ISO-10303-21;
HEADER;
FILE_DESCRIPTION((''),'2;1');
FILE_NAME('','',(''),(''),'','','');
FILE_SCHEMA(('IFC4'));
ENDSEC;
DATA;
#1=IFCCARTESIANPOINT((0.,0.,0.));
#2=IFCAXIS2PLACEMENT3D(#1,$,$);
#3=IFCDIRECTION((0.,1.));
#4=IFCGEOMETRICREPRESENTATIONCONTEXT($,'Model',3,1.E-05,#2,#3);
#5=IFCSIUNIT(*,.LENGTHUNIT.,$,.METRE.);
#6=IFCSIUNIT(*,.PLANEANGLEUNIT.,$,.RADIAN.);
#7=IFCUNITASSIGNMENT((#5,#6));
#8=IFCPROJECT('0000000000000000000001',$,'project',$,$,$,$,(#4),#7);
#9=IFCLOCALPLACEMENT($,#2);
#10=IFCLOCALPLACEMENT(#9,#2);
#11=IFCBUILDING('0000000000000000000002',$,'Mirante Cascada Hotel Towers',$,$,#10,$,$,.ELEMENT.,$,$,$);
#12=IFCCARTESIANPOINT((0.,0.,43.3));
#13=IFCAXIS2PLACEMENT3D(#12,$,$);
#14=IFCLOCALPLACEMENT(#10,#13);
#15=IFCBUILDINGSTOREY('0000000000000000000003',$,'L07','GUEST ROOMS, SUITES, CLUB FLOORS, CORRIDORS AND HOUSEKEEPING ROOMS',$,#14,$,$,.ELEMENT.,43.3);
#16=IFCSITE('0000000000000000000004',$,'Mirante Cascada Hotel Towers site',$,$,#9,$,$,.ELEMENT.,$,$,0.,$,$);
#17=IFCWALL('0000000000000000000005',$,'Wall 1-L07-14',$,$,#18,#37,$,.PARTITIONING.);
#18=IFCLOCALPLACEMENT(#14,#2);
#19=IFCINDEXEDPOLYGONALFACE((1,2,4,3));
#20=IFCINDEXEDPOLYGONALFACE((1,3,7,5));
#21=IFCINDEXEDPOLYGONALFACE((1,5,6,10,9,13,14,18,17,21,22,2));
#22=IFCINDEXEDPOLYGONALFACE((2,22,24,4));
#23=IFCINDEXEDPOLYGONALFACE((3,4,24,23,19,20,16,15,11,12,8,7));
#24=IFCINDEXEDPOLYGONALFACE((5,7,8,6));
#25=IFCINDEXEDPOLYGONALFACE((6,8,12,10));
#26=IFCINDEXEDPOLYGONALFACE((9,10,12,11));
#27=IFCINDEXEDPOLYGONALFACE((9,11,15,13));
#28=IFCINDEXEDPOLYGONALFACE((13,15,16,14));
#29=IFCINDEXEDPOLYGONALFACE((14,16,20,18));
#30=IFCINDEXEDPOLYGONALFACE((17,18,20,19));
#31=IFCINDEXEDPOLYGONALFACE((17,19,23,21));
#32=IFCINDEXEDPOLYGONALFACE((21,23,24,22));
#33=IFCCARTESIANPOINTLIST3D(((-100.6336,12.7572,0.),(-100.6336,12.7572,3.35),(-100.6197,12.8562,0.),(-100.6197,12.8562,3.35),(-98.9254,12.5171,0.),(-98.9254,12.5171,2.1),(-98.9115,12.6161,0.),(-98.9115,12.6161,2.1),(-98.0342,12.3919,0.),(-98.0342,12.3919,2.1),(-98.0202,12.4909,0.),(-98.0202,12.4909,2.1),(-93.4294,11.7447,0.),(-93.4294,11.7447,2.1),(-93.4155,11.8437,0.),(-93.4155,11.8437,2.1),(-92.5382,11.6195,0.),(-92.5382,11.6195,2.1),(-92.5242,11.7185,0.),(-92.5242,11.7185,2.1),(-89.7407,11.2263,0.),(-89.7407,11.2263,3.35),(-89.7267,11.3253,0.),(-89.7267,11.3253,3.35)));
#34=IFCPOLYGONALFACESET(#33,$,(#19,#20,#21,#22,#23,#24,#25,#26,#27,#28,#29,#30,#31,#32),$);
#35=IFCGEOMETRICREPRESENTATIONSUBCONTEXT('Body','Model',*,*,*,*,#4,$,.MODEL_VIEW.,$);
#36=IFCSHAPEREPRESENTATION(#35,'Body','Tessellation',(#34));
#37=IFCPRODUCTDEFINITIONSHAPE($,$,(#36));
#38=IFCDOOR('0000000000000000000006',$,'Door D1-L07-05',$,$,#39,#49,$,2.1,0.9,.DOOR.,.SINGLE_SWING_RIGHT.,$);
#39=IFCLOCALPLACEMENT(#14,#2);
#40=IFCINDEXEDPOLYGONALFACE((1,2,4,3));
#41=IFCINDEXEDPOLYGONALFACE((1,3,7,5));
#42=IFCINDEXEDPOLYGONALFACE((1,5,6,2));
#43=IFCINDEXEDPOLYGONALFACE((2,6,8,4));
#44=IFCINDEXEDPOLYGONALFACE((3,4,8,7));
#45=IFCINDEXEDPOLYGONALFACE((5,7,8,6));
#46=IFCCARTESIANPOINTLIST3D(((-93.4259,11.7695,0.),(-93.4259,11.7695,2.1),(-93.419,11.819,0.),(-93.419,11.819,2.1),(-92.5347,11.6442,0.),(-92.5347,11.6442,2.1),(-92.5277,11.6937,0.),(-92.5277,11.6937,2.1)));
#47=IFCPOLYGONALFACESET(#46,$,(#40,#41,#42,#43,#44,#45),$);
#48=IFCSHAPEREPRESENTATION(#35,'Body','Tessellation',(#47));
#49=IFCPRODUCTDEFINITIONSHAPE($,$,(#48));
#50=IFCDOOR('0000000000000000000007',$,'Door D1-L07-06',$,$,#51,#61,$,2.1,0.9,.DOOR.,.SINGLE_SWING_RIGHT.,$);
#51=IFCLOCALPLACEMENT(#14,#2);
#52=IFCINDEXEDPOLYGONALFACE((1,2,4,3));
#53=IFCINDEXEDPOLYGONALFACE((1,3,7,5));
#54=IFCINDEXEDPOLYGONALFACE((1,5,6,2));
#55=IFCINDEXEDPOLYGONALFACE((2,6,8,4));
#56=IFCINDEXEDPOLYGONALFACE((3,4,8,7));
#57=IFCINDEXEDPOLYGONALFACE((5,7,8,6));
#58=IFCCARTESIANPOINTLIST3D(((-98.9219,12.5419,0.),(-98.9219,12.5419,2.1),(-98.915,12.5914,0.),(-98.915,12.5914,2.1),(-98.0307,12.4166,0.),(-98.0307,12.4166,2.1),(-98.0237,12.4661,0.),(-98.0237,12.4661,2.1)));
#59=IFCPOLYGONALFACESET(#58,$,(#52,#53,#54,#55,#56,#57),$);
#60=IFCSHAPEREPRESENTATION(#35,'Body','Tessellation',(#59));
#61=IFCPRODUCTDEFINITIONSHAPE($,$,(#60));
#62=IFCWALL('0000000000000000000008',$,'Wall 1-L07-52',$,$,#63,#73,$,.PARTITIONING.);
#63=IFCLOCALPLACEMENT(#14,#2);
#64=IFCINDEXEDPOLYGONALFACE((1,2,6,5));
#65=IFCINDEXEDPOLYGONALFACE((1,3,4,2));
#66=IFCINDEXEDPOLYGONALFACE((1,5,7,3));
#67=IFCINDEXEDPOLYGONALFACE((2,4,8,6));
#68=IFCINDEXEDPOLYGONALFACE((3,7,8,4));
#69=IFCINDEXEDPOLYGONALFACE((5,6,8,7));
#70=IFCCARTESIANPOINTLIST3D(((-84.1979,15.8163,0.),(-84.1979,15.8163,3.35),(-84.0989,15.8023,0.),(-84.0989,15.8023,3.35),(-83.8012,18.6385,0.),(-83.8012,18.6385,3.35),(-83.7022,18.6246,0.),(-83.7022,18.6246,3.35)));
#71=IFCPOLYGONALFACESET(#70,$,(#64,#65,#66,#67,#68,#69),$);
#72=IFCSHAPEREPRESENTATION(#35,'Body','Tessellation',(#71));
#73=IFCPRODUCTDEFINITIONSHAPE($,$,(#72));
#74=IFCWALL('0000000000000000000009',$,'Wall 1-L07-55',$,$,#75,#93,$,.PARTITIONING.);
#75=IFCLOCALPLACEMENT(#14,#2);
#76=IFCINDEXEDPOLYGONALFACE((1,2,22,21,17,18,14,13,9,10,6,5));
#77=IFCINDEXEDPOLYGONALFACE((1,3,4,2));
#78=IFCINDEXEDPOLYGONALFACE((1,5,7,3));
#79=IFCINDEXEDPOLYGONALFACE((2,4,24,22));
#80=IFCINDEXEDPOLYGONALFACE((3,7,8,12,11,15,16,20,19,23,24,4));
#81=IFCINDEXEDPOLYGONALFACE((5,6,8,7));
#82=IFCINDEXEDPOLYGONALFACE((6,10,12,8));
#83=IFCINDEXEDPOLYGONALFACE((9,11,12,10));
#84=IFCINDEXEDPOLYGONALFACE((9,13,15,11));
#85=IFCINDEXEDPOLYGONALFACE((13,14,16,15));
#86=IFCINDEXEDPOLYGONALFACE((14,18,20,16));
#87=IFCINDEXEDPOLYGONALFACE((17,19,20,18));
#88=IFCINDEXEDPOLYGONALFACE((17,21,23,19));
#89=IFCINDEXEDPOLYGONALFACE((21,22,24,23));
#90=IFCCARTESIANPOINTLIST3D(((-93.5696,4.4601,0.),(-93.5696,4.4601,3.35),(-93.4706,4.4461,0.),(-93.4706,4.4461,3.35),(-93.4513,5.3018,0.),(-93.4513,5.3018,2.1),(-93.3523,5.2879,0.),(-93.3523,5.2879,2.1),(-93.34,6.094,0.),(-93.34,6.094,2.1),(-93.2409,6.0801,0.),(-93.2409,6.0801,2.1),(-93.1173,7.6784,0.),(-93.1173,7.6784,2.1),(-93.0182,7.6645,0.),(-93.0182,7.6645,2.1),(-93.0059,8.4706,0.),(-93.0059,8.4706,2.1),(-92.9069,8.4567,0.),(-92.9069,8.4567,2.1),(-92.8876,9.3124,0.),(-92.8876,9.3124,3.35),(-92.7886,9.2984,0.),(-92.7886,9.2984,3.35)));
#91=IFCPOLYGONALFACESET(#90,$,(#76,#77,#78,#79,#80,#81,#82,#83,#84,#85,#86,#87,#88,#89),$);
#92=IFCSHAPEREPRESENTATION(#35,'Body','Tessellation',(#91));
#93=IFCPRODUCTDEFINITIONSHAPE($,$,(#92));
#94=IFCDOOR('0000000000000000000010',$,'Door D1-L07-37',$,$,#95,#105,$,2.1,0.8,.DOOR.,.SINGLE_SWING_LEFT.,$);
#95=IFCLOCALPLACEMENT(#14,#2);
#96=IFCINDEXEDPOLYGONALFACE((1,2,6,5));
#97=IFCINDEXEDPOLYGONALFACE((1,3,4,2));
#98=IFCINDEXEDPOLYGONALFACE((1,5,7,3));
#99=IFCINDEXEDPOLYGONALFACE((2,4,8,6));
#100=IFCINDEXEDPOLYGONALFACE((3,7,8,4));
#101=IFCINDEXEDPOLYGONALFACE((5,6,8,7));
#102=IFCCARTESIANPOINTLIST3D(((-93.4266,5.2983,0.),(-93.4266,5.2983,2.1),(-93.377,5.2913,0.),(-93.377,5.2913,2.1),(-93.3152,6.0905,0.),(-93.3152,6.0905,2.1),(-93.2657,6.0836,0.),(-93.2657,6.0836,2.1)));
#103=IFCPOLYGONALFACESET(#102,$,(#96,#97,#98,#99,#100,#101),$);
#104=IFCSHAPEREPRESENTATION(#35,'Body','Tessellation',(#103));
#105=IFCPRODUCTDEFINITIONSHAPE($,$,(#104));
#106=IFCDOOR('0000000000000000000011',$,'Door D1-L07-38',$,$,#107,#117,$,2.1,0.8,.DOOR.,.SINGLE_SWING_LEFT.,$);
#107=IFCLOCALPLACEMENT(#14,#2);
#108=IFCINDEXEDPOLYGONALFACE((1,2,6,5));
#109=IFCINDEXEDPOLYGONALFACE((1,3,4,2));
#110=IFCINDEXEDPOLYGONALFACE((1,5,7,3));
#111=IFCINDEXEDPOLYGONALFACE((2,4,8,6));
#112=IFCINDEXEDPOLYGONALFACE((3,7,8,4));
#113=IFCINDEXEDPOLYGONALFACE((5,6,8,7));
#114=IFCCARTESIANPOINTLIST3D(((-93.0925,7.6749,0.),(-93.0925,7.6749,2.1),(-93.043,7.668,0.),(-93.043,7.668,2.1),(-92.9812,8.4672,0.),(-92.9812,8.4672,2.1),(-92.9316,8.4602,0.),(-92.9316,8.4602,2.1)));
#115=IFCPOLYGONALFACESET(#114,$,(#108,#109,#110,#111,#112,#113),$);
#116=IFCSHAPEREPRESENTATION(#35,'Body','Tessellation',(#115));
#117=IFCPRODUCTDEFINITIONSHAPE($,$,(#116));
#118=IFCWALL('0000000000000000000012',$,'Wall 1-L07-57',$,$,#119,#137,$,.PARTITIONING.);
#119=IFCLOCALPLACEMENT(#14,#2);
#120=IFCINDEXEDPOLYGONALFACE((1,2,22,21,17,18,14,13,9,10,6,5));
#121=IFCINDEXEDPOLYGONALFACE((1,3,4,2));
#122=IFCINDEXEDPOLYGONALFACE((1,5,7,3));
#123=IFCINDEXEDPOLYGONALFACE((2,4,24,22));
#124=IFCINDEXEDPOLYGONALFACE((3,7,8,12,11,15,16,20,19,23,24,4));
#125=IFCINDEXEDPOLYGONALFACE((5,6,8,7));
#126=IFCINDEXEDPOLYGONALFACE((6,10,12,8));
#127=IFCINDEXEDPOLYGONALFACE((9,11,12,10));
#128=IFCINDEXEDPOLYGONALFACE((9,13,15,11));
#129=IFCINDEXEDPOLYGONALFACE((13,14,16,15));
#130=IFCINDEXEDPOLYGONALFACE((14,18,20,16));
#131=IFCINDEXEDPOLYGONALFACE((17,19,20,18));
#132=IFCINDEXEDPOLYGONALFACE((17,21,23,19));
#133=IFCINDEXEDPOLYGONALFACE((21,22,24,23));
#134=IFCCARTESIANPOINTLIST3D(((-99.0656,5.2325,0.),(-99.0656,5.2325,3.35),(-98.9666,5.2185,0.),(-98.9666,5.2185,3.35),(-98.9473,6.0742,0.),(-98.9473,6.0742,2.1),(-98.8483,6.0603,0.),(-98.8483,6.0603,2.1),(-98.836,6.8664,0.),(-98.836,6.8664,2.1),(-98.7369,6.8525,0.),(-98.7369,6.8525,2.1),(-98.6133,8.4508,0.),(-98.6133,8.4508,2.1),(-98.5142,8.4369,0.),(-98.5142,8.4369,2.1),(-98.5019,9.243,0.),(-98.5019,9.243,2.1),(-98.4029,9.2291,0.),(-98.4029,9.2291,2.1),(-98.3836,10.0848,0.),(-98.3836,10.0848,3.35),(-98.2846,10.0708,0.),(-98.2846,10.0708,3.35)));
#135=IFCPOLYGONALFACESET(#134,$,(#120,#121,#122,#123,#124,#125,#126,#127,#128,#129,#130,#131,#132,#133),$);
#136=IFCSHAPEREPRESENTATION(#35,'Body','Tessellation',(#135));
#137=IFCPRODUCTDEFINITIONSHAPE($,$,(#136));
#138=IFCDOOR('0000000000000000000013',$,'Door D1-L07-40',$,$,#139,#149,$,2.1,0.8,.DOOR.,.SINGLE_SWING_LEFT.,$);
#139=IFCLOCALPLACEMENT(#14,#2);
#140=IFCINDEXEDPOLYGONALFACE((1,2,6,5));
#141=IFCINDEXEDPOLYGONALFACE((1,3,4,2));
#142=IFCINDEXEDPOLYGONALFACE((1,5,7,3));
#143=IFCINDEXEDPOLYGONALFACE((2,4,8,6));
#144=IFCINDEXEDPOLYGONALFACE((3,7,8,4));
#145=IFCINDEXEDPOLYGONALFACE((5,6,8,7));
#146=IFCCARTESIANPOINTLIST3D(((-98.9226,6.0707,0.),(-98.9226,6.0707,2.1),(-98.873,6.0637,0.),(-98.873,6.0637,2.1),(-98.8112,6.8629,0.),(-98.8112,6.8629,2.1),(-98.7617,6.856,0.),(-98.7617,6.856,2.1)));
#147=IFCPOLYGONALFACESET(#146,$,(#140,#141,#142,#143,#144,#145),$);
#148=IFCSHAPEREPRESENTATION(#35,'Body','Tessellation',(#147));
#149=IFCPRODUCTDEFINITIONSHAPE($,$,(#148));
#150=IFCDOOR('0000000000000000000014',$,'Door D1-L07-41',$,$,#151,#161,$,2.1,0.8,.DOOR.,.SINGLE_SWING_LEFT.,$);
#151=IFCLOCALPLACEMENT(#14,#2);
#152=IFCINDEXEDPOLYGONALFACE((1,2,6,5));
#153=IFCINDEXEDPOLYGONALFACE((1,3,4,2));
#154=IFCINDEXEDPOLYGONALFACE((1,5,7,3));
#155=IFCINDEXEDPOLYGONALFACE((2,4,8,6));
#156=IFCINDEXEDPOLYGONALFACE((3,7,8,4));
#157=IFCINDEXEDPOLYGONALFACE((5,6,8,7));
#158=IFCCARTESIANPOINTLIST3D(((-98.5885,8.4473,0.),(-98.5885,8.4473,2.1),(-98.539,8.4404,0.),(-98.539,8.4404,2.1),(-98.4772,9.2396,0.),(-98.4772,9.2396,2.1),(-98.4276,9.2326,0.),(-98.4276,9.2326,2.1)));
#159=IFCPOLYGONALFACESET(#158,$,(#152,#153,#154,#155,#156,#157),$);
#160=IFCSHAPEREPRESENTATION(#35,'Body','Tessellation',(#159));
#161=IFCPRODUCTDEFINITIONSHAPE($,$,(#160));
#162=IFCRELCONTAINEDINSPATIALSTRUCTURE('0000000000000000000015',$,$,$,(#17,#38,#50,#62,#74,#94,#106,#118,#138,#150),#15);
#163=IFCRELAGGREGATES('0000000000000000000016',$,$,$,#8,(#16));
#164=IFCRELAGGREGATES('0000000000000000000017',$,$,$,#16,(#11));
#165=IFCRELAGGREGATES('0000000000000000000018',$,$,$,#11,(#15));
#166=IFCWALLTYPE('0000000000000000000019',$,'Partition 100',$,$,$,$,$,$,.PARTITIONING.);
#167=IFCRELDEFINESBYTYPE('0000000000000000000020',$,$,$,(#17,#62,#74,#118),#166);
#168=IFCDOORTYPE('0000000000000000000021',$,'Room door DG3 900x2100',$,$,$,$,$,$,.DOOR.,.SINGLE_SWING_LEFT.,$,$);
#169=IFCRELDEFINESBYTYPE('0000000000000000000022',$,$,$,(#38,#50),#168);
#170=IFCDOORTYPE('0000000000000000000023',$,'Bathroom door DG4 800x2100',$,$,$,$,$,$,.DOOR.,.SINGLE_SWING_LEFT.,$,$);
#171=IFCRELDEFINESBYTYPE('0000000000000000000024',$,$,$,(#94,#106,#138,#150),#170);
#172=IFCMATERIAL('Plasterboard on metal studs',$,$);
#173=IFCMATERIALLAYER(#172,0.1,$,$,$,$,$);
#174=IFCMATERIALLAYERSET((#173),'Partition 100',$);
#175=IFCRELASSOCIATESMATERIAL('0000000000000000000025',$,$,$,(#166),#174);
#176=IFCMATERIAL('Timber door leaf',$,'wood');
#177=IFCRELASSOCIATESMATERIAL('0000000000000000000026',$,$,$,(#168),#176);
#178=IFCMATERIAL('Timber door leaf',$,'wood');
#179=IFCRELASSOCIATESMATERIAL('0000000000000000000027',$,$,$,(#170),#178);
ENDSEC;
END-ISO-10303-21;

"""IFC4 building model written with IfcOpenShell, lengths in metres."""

from ifc_helpers import new_model, si_unit, direction, frame, frame_2d, origin, place, context, subcontext, project, spatial, rectangle, extrude, material, layer, layer_set, type_object, element, fill, save


model = new_model("IFC4")

# Units and contexts
model_context = context("Model", 3, precision=1e-05, world=origin(), true_north=direction((0.0, 1.0)))
body_context = subcontext(model_context, "Body", "Model", "MODEL_VIEW")
ifc_project = project(units=[si_unit("LENGTHUNIT", "METRE"), si_unit("PLANEANGLEUNIT", "RADIAN")], contexts=[model_context])

# Site, building, storey
site_placement = place(None, origin())
site = spatial("IfcSite", under=ifc_project, at=site_placement, Name="Mirante Cascada Hotel Towers site", CompositionType="ELEMENT", RefElevation=0.0)
building_placement = place(site_placement, origin())
building = spatial("IfcBuilding", under=site, at=building_placement, Name="Mirante Cascada Hotel Towers", CompositionType="ELEMENT")
storey_placement = place(building_placement, frame((0.0, 0.0, 43.3)))
storey = spatial("IfcBuildingStorey", under=building, at=storey_placement, Name="L07", Description="GUEST ROOMS, SUITES, CLUB FLOORS, CORRIDORS AND HOUSEKEEPING ROOMS", CompositionType="ELEMENT", Elevation=43.3)

# Shared definitions
ifc_material_1 = material(Name="Plasterboard on metal studs")
ifc_layer_1 = layer(ifc_material_1, 0.1)
ifc_layer_set_1 = layer_set([ifc_layer_1], Name="Partition 100")
wall_type_1 = type_object("IfcWallType", Name="Partition 100", PredefinedType="PARTITIONING", material=ifc_layer_set_1)

# Wall, openings, doors
wall_1_placement = place(storey_placement, frame((-89.7337, 11.2758, 0.0), z_axis=(0.0, 0.0, 1.0), x_axis=(-0.990268, 0.139173, 0.0)))
wall_1 = element("IfcWall", 1, at=wall_1_placement, inside=storey, type_object=wall_type_1, Name="Wall 1-L07-14", PredefinedType="PARTITIONING", context=body_context, shape_type="SweptSolid", body=[
    extrude(rectangle(XDim=11.0, YDim=0.1, at=frame_2d((5.5, 0.0))), origin(), (0.0, 0.0, 1.0), 3.35),
])
opening_1_placement = place(wall_1_placement, frame((2.825, 0.0, 0.0)))
opening_1 = element("IfcOpeningElement", 2, at=opening_1_placement, cuts=wall_1, PredefinedType="OPENING", context=body_context, shape_type="SweptSolid", body=[
    extrude(rectangle(XDim=0.9, YDim=2.1, at=frame_2d((0.45, 1.05))), frame((0.0, 0.05, 0.0), z_axis=(0.0, -1.0, 0.0), x_axis=(1.0, 0.0, 0.0)), (0.0, 0.0, 1.0), 0.1),
])
opening_2_placement = place(wall_1_placement, frame((8.375, 0.0, 0.0)))
opening_2 = element("IfcOpeningElement", 3, at=opening_2_placement, cuts=wall_1, PredefinedType="OPENING", context=body_context, shape_type="SweptSolid", body=[
    extrude(rectangle(XDim=0.9, YDim=2.1, at=frame_2d((0.45, 1.05))), frame((0.0, 0.05, 0.0), z_axis=(0.0, -1.0, 0.0), x_axis=(1.0, 0.0, 0.0)), (0.0, 0.0, 1.0), 0.1),
])
ifc_material_2 = material(Name="Timber door leaf", Category="wood")
door_type_1 = type_object("IfcDoorType", Name="Room door DG3 900x2100", OperationType="SINGLE_SWING_LEFT", PredefinedType="DOOR", material=ifc_material_2)
door_1_placement = place(opening_1_placement, frame((0.9, 0.0, 0.0), z_axis=(0.0, 0.0, 1.0), x_axis=(-1.0, 0.0, 0.0)))
door_1 = element("IfcDoor", 4, at=door_1_placement, inside=storey, type_object=door_type_1, Name="Door D1-L07-05", OperationType="SINGLE_SWING_RIGHT", OverallHeight=2.1, OverallWidth=0.9, PredefinedType="DOOR", context=body_context, shape_type="SweptSolid", body=[
    extrude(rectangle(XDim=0.9, YDim=2.1, at=frame_2d((0.45, 1.05))), frame((0.0, 0.025, 0.0), z_axis=(0.0, -1.0, 0.0), x_axis=(1.0, 0.0, 0.0)), (0.0, 0.0, 1.0), 0.05),
])
fill(opening_1, door_1)
door_2_placement = place(opening_2_placement, frame((0.9, 0.0, 0.0), z_axis=(0.0, 0.0, 1.0), x_axis=(-1.0, 0.0, 0.0)))
door_2 = element("IfcDoor", 5, at=door_2_placement, inside=storey, type_object=door_type_1, Name="Door D1-L07-06", OperationType="SINGLE_SWING_RIGHT", OverallHeight=2.1, OverallWidth=0.9, PredefinedType="DOOR", context=body_context, shape_type="SweptSolid", body=[
    extrude(rectangle(XDim=0.9, YDim=2.1, at=frame_2d((0.45, 1.05))), frame((0.0, 0.025, 0.0), z_axis=(0.0, -1.0, 0.0), x_axis=(1.0, 0.0, 0.0)), (0.0, 0.0, 1.0), 0.05),
])
fill(opening_2, door_2)

# Wall
wall_2_placement = place(storey_placement, frame((-84.1484, 15.8093, 0.0), z_axis=(0.0, 0.0, 1.0), x_axis=(0.139191, 0.990266, 0.0)))
element("IfcWall", 6, at=wall_2_placement, inside=storey, type_object=wall_type_1, Name="Wall 1-L07-52", PredefinedType="PARTITIONING", context=body_context, shape_type="SweptSolid", body=[
    extrude(rectangle(XDim=2.85, YDim=0.1, at=frame_2d((1.425, 0.0))), origin(), (0.0, 0.0, 1.0), 3.35),
])

# Walls, openings, doors
wall_3_placement = place(storey_placement, frame((-92.8381, 9.3054, 0.0), z_axis=(0.0, 0.0, 1.0), x_axis=(-0.139184, -0.990267, 0.0)))
wall_3 = element("IfcWall", 7, at=wall_3_placement, inside=storey, type_object=wall_type_1, Name="Wall 1-L07-55", PredefinedType="PARTITIONING", context=body_context, shape_type="SweptSolid", body=[
    extrude(rectangle(XDim=4.9, YDim=0.1, at=frame_2d((2.45, 0.0))), origin(), (0.0, 0.0, 1.0), 3.35),
])
opening_3_placement = place(wall_3_placement, frame((3.25, 0.0, 0.0)))
opening_3 = element("IfcOpeningElement", 8, at=opening_3_placement, cuts=wall_3, PredefinedType="OPENING", context=body_context, shape_type="SweptSolid", body=[
    extrude(rectangle(XDim=0.8, YDim=2.1, at=frame_2d((0.4, 1.05))), frame((0.0, 0.05, 0.0), z_axis=(0.0, -1.0, 0.0), x_axis=(1.0, 0.0, 0.0)), (0.0, 0.0, 1.0), 0.1),
])
opening_4_placement = place(wall_3_placement, frame((0.85, 0.0, 0.0)))
opening_4 = element("IfcOpeningElement", 9, at=opening_4_placement, cuts=wall_3, PredefinedType="OPENING", context=body_context, shape_type="SweptSolid", body=[
    extrude(rectangle(XDim=0.8, YDim=2.1, at=frame_2d((0.4, 1.05))), frame((0.0, 0.05, 0.0), z_axis=(0.0, -1.0, 0.0), x_axis=(1.0, 0.0, 0.0)), (0.0, 0.0, 1.0), 0.1),
])
ifc_material_3 = material(Name="Timber door leaf", Category="wood")
door_type_2 = type_object("IfcDoorType", Name="Bathroom door DG4 800x2100", OperationType="SINGLE_SWING_LEFT", PredefinedType="DOOR", material=ifc_material_3)
door_3_placement = place(opening_3_placement, origin())
door_3 = element("IfcDoor", 10, at=door_3_placement, inside=storey, type_object=door_type_2, Name="Door D1-L07-37", OperationType="SINGLE_SWING_LEFT", OverallHeight=2.1, OverallWidth=0.8, PredefinedType="DOOR", context=body_context, shape_type="SweptSolid", body=[
    extrude(rectangle(XDim=0.8, YDim=2.1, at=frame_2d((0.4, 1.05))), frame((0.0, 0.025, 0.0), z_axis=(0.0, -1.0, 0.0), x_axis=(1.0, 0.0, 0.0)), (0.0, 0.0, 1.0), 0.05),
])
fill(opening_3, door_3)
door_4_placement = place(opening_4_placement, origin())
door_4 = element("IfcDoor", 11, at=door_4_placement, inside=storey, type_object=door_type_2, Name="Door D1-L07-38", OperationType="SINGLE_SWING_LEFT", OverallHeight=2.1, OverallWidth=0.8, PredefinedType="DOOR", context=body_context, shape_type="SweptSolid", body=[
    extrude(rectangle(XDim=0.8, YDim=2.1, at=frame_2d((0.4, 1.05))), frame((0.0, 0.025, 0.0), z_axis=(0.0, -1.0, 0.0), x_axis=(1.0, 0.0, 0.0)), (0.0, 0.0, 1.0), 0.05),
])
fill(opening_4, door_4)
wall_4_placement = place(storey_placement, frame((-98.3341, 10.0778, 0.0), z_axis=(0.0, 0.0, 1.0), x_axis=(-0.139184, -0.990267, 0.0)))
wall_4 = element("IfcWall", 12, at=wall_4_placement, inside=storey, type_object=wall_type_1, Name="Wall 1-L07-57", PredefinedType="PARTITIONING", context=body_context, shape_type="SweptSolid", body=[
    extrude(rectangle(XDim=4.9, YDim=0.1, at=frame_2d((2.45, 0.0))), origin(), (0.0, 0.0, 1.0), 3.35),
])
opening_5_placement = place(wall_4_placement, frame((3.25, 0.0, 0.0)))
opening_5 = element("IfcOpeningElement", 13, at=opening_5_placement, cuts=wall_4, PredefinedType="OPENING", context=body_context, shape_type="SweptSolid", body=[
    extrude(rectangle(XDim=0.8, YDim=2.1, at=frame_2d((0.4, 1.05))), frame((0.0, 0.05, 0.0), z_axis=(0.0, -1.0, 0.0), x_axis=(1.0, 0.0, 0.0)), (0.0, 0.0, 1.0), 0.1),
])
opening_6_placement = place(wall_4_placement, frame((0.85, 0.0, 0.0)))
opening_6 = element("IfcOpeningElement", 14, at=opening_6_placement, cuts=wall_4, PredefinedType="OPENING", context=body_context, shape_type="SweptSolid", body=[
    extrude(rectangle(XDim=0.8, YDim=2.1, at=frame_2d((0.4, 1.05))), frame((0.0, 0.05, 0.0), z_axis=(0.0, -1.0, 0.0), x_axis=(1.0, 0.0, 0.0)), (0.0, 0.0, 1.0), 0.1),
])
door_5_placement = place(opening_5_placement, origin())
door_5 = element("IfcDoor", 15, at=door_5_placement, inside=storey, type_object=door_type_2, Name="Door D1-L07-40", OperationType="SINGLE_SWING_LEFT", OverallHeight=2.1, OverallWidth=0.8, PredefinedType="DOOR", context=body_context, shape_type="SweptSolid", body=[
    extrude(rectangle(XDim=0.8, YDim=2.1, at=frame_2d((0.4, 1.05))), frame((0.0, 0.025, 0.0), z_axis=(0.0, -1.0, 0.0), x_axis=(1.0, 0.0, 0.0)), (0.0, 0.0, 1.0), 0.05),
])
fill(opening_5, door_5)
door_6_placement = place(opening_6_placement, origin())
door_6 = element("IfcDoor", 16, at=door_6_placement, inside=storey, type_object=door_type_2, Name="Door D1-L07-41", OperationType="SINGLE_SWING_LEFT", OverallHeight=2.1, OverallWidth=0.8, PredefinedType="DOOR", context=body_context, shape_type="SweptSolid", body=[
    extrude(rectangle(XDim=0.8, YDim=2.1, at=frame_2d((0.4, 1.05))), frame((0.0, 0.025, 0.0), z_axis=(0.0, -1.0, 0.0), x_axis=(1.0, 0.0, 0.0)), (0.0, 0.0, 1.0), 0.05),
])
fill(opening_6, door_6)

save(model, "model.ifc")
